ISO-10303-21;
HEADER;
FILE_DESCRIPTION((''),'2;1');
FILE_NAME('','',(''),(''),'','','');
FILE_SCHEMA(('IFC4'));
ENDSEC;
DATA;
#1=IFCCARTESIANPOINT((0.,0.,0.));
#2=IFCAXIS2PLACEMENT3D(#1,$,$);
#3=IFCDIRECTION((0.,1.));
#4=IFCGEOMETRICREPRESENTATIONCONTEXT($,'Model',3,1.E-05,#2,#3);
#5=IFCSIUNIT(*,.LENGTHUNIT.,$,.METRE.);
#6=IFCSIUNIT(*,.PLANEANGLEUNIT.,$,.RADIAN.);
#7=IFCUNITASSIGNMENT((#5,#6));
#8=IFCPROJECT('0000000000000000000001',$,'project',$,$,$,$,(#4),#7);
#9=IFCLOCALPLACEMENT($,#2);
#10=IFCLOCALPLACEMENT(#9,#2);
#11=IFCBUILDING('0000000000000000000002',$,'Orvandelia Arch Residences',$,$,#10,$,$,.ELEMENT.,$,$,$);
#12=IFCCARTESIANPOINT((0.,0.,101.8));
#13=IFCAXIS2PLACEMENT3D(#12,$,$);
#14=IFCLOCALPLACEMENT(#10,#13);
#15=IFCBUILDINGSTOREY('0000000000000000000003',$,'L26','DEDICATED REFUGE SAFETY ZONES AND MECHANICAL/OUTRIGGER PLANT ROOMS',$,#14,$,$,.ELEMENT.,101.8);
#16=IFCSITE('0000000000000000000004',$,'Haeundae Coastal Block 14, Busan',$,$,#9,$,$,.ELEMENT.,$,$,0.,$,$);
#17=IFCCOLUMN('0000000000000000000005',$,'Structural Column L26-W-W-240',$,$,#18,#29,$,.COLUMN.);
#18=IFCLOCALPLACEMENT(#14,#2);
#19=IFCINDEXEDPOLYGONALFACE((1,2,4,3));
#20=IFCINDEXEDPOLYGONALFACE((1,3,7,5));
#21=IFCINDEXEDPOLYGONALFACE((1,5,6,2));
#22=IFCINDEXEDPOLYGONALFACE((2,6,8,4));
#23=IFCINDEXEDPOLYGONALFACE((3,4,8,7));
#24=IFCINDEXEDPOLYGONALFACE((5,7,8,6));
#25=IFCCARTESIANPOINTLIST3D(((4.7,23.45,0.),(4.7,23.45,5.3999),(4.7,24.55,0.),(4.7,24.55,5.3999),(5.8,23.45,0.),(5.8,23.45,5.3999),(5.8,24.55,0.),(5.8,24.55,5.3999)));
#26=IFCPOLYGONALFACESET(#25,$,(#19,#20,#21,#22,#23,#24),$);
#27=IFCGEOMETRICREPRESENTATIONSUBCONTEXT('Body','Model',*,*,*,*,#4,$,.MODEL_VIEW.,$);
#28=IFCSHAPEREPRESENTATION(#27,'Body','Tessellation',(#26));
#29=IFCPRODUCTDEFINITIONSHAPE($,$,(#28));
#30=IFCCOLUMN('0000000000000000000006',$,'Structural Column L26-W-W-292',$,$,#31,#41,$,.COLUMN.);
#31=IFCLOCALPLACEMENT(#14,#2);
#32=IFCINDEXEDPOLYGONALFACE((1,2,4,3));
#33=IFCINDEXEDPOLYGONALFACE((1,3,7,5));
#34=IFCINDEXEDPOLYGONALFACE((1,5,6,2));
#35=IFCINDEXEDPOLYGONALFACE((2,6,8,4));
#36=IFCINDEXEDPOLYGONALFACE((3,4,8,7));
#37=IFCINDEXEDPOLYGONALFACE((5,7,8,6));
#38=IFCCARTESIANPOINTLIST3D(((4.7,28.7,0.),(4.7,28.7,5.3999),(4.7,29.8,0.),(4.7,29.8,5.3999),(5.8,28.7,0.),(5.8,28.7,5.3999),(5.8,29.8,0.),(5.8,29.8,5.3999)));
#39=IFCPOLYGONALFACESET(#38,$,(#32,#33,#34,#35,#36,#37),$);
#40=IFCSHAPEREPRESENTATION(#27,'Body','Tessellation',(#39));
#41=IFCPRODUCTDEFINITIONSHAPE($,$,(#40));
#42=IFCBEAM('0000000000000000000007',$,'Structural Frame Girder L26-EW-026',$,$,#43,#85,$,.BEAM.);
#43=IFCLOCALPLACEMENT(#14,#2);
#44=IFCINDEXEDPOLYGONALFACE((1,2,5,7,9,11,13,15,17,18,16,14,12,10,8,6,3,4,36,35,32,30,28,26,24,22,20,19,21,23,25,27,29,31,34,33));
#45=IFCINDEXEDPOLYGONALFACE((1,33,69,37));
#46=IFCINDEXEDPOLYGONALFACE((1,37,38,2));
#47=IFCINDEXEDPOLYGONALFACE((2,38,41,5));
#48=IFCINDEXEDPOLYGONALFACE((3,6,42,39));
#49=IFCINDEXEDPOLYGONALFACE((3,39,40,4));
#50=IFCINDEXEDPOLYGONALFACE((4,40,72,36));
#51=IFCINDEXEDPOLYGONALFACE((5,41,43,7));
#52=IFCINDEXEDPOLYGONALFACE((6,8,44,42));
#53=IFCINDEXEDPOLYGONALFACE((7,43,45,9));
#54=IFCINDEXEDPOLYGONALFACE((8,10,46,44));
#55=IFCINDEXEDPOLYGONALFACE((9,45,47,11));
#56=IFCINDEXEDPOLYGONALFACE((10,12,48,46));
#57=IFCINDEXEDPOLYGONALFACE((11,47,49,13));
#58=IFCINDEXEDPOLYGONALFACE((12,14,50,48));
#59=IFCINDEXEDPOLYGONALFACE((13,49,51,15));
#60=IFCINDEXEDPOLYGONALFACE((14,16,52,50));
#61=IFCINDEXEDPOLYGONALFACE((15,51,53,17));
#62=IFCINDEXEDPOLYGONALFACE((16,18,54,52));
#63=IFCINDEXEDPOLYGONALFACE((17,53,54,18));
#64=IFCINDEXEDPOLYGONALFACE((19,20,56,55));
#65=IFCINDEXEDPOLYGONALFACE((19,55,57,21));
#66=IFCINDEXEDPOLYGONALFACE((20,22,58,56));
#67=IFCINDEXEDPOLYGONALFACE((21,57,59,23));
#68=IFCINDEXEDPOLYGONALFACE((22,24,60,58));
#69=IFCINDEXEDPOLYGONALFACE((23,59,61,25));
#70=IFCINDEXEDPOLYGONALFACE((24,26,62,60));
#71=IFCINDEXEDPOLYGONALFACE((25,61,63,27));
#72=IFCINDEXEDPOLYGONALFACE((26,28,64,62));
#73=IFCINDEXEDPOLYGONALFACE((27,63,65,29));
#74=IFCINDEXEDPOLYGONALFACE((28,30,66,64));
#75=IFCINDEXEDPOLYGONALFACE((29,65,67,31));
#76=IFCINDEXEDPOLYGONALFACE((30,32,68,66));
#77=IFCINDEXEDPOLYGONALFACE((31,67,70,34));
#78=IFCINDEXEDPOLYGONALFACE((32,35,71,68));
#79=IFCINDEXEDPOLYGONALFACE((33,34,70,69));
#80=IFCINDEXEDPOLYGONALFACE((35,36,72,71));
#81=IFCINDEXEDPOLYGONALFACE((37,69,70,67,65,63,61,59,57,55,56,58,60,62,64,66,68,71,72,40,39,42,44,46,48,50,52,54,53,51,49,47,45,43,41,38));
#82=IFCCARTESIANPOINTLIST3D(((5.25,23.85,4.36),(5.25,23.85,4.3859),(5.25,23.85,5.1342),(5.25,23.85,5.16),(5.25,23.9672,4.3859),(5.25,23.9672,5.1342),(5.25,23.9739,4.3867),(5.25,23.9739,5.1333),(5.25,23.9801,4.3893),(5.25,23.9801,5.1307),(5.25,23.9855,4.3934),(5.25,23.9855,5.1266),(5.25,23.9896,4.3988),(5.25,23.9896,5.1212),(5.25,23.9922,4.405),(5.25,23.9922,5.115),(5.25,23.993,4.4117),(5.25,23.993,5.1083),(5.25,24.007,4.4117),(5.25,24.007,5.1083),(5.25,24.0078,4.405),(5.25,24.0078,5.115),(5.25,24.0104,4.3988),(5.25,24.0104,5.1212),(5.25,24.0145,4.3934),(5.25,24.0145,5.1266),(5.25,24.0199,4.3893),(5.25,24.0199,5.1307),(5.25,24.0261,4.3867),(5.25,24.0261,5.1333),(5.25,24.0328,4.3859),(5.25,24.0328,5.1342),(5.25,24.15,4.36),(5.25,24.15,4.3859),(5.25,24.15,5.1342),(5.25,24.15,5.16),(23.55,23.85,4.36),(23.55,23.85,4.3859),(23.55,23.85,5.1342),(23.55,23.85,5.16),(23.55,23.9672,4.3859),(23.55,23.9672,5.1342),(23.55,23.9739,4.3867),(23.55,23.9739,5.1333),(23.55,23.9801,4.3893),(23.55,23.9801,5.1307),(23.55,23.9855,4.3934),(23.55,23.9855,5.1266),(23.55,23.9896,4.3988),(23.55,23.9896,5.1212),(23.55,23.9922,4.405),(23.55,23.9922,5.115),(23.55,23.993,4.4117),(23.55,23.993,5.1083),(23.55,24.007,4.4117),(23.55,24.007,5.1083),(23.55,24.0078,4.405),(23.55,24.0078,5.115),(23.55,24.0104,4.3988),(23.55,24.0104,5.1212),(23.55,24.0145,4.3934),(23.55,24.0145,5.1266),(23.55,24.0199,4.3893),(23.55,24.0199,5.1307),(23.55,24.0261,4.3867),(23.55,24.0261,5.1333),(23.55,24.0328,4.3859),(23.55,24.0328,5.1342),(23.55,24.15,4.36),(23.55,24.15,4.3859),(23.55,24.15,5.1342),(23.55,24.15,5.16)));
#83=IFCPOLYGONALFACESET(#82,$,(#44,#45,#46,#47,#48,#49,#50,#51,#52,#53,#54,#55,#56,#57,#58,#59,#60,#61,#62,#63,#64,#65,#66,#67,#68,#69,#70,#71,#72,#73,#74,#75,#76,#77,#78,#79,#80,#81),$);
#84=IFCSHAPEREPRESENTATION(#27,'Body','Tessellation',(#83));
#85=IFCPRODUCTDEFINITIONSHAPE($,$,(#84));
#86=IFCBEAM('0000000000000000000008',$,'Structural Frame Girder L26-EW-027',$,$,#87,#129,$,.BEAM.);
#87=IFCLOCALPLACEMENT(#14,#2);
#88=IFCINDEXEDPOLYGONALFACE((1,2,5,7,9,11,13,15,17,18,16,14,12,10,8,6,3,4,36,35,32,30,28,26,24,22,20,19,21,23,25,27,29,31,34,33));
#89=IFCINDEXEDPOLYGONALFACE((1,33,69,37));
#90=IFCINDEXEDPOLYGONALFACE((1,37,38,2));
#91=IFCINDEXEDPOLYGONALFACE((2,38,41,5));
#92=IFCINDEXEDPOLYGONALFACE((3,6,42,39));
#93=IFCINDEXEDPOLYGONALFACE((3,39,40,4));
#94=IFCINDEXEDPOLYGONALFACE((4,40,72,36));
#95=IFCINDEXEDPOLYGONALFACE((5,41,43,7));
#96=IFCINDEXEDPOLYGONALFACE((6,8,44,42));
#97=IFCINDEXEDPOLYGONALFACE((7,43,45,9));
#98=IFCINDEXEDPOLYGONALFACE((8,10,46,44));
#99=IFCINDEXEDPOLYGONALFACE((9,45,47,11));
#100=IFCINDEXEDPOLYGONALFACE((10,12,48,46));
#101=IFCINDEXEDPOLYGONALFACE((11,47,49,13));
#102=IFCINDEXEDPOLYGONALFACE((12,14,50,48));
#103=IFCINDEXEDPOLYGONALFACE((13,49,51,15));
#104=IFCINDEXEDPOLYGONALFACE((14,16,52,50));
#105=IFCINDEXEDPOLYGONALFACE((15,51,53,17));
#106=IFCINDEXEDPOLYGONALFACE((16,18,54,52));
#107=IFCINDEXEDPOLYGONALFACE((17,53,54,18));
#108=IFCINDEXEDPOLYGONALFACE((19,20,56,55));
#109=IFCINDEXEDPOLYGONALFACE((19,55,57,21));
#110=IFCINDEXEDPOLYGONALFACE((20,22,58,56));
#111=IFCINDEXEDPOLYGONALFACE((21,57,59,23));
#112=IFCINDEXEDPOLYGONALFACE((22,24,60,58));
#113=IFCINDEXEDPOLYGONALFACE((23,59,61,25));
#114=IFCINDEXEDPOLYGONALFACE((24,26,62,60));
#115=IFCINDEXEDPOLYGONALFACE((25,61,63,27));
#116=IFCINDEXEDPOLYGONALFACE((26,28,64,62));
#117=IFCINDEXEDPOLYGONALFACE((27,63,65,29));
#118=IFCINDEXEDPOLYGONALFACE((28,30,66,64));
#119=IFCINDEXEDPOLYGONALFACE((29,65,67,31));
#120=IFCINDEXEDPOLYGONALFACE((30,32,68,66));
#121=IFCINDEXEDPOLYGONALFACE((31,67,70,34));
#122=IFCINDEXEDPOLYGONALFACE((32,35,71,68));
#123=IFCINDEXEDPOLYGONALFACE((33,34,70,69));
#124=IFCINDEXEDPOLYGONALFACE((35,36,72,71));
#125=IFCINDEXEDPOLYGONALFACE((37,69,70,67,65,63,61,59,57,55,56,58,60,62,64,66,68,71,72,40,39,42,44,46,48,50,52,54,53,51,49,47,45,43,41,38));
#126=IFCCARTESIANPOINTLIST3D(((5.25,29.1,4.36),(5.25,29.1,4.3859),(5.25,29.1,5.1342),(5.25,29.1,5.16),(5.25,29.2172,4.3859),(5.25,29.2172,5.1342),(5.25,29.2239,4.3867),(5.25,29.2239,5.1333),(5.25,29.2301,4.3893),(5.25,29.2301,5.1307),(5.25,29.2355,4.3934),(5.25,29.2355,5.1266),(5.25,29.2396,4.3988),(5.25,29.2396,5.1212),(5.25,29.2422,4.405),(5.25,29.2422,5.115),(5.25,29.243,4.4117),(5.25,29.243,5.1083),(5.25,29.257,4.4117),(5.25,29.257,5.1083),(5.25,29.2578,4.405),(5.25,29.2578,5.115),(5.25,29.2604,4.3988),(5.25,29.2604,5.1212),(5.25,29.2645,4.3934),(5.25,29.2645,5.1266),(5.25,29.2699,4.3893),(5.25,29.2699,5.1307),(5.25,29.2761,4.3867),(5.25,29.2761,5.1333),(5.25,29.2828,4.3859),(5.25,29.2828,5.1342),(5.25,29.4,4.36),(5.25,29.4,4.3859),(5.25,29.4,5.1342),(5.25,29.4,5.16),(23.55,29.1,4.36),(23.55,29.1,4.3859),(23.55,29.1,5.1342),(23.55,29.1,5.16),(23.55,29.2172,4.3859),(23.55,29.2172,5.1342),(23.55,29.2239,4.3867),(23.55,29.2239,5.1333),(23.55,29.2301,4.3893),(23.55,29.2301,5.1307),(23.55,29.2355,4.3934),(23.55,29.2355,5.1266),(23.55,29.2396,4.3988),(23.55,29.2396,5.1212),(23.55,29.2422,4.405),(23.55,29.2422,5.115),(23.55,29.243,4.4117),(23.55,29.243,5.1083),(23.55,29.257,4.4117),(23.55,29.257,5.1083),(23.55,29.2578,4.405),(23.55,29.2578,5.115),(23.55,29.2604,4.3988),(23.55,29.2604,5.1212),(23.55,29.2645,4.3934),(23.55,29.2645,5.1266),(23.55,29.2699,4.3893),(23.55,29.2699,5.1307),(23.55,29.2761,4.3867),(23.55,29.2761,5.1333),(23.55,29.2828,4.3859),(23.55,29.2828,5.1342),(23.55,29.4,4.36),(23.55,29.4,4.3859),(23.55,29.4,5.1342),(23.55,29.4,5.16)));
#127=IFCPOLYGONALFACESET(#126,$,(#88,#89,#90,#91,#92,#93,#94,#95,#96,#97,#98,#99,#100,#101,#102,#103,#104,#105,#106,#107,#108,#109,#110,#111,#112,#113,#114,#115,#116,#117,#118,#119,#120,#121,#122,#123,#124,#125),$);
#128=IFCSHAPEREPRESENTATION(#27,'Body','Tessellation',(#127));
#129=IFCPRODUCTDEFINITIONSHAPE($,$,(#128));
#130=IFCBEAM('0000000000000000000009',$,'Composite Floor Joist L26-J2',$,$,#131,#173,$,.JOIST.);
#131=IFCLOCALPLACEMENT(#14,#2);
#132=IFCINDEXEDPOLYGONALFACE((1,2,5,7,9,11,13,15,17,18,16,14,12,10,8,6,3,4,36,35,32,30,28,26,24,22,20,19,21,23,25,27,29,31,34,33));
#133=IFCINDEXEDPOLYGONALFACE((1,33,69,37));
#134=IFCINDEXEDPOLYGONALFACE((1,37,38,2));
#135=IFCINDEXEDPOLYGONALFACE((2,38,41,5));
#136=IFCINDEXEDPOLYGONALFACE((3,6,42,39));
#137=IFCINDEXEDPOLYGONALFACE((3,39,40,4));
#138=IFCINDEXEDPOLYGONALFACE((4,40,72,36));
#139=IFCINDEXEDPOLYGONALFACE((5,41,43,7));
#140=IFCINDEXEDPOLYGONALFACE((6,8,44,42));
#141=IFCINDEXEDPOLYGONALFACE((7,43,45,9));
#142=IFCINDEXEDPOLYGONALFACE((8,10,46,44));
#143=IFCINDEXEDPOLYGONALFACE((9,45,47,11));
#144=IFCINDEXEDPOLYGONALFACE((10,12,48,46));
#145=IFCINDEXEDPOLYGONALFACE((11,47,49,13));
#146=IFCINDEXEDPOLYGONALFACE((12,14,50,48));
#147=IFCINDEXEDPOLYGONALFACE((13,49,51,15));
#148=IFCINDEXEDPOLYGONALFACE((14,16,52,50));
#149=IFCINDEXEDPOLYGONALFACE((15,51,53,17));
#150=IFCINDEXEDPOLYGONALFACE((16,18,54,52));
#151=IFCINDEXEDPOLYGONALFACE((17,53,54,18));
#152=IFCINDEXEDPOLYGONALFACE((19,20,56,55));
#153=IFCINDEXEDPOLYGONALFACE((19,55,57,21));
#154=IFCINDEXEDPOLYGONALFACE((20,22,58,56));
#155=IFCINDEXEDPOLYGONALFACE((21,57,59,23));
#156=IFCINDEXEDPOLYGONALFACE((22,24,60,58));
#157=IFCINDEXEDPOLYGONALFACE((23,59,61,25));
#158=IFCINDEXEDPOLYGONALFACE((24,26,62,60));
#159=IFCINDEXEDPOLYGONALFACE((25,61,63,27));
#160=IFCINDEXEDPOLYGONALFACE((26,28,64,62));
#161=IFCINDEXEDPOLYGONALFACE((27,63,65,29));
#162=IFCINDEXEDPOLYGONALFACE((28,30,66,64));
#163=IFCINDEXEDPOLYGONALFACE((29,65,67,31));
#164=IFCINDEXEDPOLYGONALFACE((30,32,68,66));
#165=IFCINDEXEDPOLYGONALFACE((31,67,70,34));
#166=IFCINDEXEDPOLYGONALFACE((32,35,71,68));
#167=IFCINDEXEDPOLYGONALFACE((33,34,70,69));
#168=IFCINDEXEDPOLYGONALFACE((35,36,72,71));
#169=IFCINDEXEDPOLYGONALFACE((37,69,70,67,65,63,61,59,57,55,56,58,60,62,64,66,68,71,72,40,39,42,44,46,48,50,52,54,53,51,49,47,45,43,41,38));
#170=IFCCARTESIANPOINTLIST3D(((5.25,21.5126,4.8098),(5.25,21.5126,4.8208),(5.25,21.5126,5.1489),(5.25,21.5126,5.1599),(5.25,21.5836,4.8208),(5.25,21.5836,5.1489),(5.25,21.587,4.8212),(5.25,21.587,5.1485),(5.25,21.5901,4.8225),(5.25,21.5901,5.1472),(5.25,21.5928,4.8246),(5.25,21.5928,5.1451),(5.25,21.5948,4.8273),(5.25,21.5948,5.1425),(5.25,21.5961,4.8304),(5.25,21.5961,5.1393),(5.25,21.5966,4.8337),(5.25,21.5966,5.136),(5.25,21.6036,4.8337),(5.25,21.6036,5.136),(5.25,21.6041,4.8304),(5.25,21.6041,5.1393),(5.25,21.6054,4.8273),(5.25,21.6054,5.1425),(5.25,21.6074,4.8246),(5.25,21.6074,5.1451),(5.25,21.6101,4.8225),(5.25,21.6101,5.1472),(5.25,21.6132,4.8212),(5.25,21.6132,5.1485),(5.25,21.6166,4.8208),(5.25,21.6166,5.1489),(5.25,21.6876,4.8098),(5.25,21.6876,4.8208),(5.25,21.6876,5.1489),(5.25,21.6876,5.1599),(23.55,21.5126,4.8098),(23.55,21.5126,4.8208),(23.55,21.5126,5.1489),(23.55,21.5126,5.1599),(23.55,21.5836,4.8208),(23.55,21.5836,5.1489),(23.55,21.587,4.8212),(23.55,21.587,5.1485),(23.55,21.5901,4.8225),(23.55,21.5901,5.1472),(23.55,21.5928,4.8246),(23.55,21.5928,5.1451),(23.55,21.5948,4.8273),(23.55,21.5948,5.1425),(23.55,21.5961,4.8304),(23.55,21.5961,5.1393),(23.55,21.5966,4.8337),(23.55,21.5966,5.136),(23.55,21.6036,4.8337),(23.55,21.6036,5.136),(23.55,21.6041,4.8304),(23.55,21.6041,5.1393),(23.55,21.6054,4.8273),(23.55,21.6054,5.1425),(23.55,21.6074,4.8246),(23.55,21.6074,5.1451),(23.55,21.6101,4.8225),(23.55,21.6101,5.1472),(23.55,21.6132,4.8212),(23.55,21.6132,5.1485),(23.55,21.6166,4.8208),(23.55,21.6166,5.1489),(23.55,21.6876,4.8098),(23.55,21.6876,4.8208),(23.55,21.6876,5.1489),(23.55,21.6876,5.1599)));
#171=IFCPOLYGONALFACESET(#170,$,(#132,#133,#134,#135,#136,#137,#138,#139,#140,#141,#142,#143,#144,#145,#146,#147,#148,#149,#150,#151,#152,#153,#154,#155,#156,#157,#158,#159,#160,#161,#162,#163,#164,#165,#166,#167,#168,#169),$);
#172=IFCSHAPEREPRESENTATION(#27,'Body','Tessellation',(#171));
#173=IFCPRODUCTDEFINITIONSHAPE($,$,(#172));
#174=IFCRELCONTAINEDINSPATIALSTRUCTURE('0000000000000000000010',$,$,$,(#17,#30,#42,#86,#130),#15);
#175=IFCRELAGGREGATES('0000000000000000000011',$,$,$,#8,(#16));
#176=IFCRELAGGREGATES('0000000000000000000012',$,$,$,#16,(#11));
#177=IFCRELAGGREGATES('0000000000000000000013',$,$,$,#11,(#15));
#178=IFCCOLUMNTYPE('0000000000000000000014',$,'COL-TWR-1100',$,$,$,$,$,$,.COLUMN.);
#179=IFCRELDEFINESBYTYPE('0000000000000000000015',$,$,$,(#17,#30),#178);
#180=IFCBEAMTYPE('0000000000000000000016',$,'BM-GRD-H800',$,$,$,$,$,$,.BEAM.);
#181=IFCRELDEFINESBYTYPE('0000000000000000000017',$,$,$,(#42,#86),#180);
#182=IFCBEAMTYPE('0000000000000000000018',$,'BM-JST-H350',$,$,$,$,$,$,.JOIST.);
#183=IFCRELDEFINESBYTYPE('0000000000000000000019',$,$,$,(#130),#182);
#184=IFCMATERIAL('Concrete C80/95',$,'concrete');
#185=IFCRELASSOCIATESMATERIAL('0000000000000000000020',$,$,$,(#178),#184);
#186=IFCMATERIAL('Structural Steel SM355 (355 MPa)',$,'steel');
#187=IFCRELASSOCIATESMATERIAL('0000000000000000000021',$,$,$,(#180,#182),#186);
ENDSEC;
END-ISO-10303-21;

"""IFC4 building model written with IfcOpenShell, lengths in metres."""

from ifc_helpers import new_model, si_unit, direction, frame, origin, origin_2d, place, context, subcontext, project, spatial, rectangle, i_section, extrude, material, material_profile, profile_set, type_object, element, save


model = new_model("IFC4")

# Units and contexts
model_context = context("Model", 3, precision=1e-05, world=origin(), true_north=direction((0.0, 1.0)))
body_context = subcontext(model_context, "Body", "Model", "MODEL_VIEW")
ifc_project = project(units=[si_unit("LENGTHUNIT", "METRE"), si_unit("PLANEANGLEUNIT", "RADIAN")], contexts=[model_context])

# Site, building, storey
site_placement = place(None, origin())
site = spatial("IfcSite", under=ifc_project, at=site_placement, Name="Haeundae Coastal Block 14, Busan", CompositionType="ELEMENT", RefElevation=0.0)
building_placement = place(site_placement, origin())
building = spatial("IfcBuilding", under=site, at=building_placement, Name="Orvandelia Arch Residences", CompositionType="ELEMENT")
storey_placement = place(building_placement, frame((0.0, 0.0, 101.8)))
storey = spatial("IfcBuildingStorey", under=building, at=storey_placement, Name="L26", Description="DEDICATED REFUGE SAFETY ZONES AND MECHANICAL/OUTRIGGER PLANT ROOMS", CompositionType="ELEMENT", Elevation=101.8)

# Columns
ifc_material_1 = material(Name="Concrete C80/95", Category="concrete")
ifc_material_profile_1 = material_profile(ifc_material_1, rectangle(XDim=1.1001, YDim=1.1001, at=origin_2d()), Name="Concrete C80/95", Category="concrete")
ifc_profile_set_1 = profile_set([ifc_material_profile_1], Name="Concrete C80/95")
column_type = type_object("IfcColumnType", Name="COL-TWR-1100", PredefinedType="COLUMN", material=ifc_profile_set_1)
for number, where, z_axis, x_axis, name in (
    (1, (5.25, 24.0, 0.0), (0.0, 0.0, 1.0), (1.0, 0.0, 0.0), "Structural Column L26-W-W-240"),
    (2, (5.25, 29.25, 0.0), (0.0, 0.0, 1.0), (1.0, 0.0, 0.0), "Structural Column L26-W-W-292"),
):
    element("IfcColumn", number, at=place(storey_placement, frame(where, z_axis=z_axis, x_axis=x_axis)), inside=storey, type_object=column_type, Name=name, PredefinedType="COLUMN", context=body_context, shape_type="SweptSolid", body=[
        extrude(rectangle(XDim=1.1001, YDim=1.1001, at=origin_2d()), origin(), (0.0, 0.0, 1.0), 5.3999),
    ])

# Beams
ifc_material_2 = material(Name="Structural Steel SM355 (355 MPa)", Category="steel")
ifc_material_profile_2 = material_profile(ifc_material_2, i_section(OverallWidth=0.3, OverallDepth=0.8, WebThickness=0.0139, FlangeThickness=0.0259, FilletRadius=0.0259, at=origin_2d()), Name="Structural Steel SM355 (355 MPa)", Category="steel")
ifc_profile_set_2 = profile_set([ifc_material_profile_2], Name="Structural Steel SM355 (355 MPa)")
beam_type_1 = type_object("IfcBeamType", Name="BM-GRD-H800", PredefinedType="BEAM", material=ifc_profile_set_2)
for number, where, z_axis, x_axis, name in (
    (3, (5.25, 24.0, 4.76), (1.0, 0.0, 0.0), (0.0, 1.0, 0.0), "Structural Frame Girder L26-EW-026"),
    (4, (5.25, 29.25, 4.76), (1.0, 0.0, 0.0), (0.0, 1.0, 0.0), "Structural Frame Girder L26-EW-027"),
):
    element("IfcBeam", number, at=place(storey_placement, frame(where, z_axis=z_axis, x_axis=x_axis)), inside=storey, type_object=beam_type_1, Name=name, PredefinedType="BEAM", context=body_context, shape_type="SweptSolid", body=[
        extrude(i_section(OverallWidth=0.3, OverallDepth=0.8, WebThickness=0.0139, FlangeThickness=0.0259, FilletRadius=0.0259, at=origin_2d()), origin(), (0.0, 0.0, 1.0), 18.3),
    ])
ifc_material_profile_3 = material_profile(ifc_material_2, i_section(OverallWidth=0.175, OverallDepth=0.3501, WebThickness=0.0071, FlangeThickness=0.011, FilletRadius=0.0129, at=origin_2d()), Name="Structural Steel SM355 (355 MPa)", Category="steel")
ifc_profile_set_3 = profile_set([ifc_material_profile_3], Name="Structural Steel SM355 (355 MPa)")
beam_type_2 = type_object("IfcBeamType", Name="BM-JST-H350", PredefinedType="JOIST", material=ifc_profile_set_3)
beam_1_placement = place(storey_placement, frame((5.25, 21.6001, 4.9849), z_axis=(1.0, 0.0, 0.0), x_axis=(0.0, 1.0, 0.0)))
element("IfcBeam", 5, at=beam_1_placement, inside=storey, type_object=beam_type_2, Name="Composite Floor Joist L26-J2", PredefinedType="JOIST", context=body_context, shape_type="SweptSolid", body=[
    extrude(i_section(OverallWidth=0.175, OverallDepth=0.3501, WebThickness=0.0071, FlangeThickness=0.011, FilletRadius=0.0129, at=origin_2d()), origin(), (0.0, 0.0, 1.0), 18.3),
])

save(model, "model.ifc")
